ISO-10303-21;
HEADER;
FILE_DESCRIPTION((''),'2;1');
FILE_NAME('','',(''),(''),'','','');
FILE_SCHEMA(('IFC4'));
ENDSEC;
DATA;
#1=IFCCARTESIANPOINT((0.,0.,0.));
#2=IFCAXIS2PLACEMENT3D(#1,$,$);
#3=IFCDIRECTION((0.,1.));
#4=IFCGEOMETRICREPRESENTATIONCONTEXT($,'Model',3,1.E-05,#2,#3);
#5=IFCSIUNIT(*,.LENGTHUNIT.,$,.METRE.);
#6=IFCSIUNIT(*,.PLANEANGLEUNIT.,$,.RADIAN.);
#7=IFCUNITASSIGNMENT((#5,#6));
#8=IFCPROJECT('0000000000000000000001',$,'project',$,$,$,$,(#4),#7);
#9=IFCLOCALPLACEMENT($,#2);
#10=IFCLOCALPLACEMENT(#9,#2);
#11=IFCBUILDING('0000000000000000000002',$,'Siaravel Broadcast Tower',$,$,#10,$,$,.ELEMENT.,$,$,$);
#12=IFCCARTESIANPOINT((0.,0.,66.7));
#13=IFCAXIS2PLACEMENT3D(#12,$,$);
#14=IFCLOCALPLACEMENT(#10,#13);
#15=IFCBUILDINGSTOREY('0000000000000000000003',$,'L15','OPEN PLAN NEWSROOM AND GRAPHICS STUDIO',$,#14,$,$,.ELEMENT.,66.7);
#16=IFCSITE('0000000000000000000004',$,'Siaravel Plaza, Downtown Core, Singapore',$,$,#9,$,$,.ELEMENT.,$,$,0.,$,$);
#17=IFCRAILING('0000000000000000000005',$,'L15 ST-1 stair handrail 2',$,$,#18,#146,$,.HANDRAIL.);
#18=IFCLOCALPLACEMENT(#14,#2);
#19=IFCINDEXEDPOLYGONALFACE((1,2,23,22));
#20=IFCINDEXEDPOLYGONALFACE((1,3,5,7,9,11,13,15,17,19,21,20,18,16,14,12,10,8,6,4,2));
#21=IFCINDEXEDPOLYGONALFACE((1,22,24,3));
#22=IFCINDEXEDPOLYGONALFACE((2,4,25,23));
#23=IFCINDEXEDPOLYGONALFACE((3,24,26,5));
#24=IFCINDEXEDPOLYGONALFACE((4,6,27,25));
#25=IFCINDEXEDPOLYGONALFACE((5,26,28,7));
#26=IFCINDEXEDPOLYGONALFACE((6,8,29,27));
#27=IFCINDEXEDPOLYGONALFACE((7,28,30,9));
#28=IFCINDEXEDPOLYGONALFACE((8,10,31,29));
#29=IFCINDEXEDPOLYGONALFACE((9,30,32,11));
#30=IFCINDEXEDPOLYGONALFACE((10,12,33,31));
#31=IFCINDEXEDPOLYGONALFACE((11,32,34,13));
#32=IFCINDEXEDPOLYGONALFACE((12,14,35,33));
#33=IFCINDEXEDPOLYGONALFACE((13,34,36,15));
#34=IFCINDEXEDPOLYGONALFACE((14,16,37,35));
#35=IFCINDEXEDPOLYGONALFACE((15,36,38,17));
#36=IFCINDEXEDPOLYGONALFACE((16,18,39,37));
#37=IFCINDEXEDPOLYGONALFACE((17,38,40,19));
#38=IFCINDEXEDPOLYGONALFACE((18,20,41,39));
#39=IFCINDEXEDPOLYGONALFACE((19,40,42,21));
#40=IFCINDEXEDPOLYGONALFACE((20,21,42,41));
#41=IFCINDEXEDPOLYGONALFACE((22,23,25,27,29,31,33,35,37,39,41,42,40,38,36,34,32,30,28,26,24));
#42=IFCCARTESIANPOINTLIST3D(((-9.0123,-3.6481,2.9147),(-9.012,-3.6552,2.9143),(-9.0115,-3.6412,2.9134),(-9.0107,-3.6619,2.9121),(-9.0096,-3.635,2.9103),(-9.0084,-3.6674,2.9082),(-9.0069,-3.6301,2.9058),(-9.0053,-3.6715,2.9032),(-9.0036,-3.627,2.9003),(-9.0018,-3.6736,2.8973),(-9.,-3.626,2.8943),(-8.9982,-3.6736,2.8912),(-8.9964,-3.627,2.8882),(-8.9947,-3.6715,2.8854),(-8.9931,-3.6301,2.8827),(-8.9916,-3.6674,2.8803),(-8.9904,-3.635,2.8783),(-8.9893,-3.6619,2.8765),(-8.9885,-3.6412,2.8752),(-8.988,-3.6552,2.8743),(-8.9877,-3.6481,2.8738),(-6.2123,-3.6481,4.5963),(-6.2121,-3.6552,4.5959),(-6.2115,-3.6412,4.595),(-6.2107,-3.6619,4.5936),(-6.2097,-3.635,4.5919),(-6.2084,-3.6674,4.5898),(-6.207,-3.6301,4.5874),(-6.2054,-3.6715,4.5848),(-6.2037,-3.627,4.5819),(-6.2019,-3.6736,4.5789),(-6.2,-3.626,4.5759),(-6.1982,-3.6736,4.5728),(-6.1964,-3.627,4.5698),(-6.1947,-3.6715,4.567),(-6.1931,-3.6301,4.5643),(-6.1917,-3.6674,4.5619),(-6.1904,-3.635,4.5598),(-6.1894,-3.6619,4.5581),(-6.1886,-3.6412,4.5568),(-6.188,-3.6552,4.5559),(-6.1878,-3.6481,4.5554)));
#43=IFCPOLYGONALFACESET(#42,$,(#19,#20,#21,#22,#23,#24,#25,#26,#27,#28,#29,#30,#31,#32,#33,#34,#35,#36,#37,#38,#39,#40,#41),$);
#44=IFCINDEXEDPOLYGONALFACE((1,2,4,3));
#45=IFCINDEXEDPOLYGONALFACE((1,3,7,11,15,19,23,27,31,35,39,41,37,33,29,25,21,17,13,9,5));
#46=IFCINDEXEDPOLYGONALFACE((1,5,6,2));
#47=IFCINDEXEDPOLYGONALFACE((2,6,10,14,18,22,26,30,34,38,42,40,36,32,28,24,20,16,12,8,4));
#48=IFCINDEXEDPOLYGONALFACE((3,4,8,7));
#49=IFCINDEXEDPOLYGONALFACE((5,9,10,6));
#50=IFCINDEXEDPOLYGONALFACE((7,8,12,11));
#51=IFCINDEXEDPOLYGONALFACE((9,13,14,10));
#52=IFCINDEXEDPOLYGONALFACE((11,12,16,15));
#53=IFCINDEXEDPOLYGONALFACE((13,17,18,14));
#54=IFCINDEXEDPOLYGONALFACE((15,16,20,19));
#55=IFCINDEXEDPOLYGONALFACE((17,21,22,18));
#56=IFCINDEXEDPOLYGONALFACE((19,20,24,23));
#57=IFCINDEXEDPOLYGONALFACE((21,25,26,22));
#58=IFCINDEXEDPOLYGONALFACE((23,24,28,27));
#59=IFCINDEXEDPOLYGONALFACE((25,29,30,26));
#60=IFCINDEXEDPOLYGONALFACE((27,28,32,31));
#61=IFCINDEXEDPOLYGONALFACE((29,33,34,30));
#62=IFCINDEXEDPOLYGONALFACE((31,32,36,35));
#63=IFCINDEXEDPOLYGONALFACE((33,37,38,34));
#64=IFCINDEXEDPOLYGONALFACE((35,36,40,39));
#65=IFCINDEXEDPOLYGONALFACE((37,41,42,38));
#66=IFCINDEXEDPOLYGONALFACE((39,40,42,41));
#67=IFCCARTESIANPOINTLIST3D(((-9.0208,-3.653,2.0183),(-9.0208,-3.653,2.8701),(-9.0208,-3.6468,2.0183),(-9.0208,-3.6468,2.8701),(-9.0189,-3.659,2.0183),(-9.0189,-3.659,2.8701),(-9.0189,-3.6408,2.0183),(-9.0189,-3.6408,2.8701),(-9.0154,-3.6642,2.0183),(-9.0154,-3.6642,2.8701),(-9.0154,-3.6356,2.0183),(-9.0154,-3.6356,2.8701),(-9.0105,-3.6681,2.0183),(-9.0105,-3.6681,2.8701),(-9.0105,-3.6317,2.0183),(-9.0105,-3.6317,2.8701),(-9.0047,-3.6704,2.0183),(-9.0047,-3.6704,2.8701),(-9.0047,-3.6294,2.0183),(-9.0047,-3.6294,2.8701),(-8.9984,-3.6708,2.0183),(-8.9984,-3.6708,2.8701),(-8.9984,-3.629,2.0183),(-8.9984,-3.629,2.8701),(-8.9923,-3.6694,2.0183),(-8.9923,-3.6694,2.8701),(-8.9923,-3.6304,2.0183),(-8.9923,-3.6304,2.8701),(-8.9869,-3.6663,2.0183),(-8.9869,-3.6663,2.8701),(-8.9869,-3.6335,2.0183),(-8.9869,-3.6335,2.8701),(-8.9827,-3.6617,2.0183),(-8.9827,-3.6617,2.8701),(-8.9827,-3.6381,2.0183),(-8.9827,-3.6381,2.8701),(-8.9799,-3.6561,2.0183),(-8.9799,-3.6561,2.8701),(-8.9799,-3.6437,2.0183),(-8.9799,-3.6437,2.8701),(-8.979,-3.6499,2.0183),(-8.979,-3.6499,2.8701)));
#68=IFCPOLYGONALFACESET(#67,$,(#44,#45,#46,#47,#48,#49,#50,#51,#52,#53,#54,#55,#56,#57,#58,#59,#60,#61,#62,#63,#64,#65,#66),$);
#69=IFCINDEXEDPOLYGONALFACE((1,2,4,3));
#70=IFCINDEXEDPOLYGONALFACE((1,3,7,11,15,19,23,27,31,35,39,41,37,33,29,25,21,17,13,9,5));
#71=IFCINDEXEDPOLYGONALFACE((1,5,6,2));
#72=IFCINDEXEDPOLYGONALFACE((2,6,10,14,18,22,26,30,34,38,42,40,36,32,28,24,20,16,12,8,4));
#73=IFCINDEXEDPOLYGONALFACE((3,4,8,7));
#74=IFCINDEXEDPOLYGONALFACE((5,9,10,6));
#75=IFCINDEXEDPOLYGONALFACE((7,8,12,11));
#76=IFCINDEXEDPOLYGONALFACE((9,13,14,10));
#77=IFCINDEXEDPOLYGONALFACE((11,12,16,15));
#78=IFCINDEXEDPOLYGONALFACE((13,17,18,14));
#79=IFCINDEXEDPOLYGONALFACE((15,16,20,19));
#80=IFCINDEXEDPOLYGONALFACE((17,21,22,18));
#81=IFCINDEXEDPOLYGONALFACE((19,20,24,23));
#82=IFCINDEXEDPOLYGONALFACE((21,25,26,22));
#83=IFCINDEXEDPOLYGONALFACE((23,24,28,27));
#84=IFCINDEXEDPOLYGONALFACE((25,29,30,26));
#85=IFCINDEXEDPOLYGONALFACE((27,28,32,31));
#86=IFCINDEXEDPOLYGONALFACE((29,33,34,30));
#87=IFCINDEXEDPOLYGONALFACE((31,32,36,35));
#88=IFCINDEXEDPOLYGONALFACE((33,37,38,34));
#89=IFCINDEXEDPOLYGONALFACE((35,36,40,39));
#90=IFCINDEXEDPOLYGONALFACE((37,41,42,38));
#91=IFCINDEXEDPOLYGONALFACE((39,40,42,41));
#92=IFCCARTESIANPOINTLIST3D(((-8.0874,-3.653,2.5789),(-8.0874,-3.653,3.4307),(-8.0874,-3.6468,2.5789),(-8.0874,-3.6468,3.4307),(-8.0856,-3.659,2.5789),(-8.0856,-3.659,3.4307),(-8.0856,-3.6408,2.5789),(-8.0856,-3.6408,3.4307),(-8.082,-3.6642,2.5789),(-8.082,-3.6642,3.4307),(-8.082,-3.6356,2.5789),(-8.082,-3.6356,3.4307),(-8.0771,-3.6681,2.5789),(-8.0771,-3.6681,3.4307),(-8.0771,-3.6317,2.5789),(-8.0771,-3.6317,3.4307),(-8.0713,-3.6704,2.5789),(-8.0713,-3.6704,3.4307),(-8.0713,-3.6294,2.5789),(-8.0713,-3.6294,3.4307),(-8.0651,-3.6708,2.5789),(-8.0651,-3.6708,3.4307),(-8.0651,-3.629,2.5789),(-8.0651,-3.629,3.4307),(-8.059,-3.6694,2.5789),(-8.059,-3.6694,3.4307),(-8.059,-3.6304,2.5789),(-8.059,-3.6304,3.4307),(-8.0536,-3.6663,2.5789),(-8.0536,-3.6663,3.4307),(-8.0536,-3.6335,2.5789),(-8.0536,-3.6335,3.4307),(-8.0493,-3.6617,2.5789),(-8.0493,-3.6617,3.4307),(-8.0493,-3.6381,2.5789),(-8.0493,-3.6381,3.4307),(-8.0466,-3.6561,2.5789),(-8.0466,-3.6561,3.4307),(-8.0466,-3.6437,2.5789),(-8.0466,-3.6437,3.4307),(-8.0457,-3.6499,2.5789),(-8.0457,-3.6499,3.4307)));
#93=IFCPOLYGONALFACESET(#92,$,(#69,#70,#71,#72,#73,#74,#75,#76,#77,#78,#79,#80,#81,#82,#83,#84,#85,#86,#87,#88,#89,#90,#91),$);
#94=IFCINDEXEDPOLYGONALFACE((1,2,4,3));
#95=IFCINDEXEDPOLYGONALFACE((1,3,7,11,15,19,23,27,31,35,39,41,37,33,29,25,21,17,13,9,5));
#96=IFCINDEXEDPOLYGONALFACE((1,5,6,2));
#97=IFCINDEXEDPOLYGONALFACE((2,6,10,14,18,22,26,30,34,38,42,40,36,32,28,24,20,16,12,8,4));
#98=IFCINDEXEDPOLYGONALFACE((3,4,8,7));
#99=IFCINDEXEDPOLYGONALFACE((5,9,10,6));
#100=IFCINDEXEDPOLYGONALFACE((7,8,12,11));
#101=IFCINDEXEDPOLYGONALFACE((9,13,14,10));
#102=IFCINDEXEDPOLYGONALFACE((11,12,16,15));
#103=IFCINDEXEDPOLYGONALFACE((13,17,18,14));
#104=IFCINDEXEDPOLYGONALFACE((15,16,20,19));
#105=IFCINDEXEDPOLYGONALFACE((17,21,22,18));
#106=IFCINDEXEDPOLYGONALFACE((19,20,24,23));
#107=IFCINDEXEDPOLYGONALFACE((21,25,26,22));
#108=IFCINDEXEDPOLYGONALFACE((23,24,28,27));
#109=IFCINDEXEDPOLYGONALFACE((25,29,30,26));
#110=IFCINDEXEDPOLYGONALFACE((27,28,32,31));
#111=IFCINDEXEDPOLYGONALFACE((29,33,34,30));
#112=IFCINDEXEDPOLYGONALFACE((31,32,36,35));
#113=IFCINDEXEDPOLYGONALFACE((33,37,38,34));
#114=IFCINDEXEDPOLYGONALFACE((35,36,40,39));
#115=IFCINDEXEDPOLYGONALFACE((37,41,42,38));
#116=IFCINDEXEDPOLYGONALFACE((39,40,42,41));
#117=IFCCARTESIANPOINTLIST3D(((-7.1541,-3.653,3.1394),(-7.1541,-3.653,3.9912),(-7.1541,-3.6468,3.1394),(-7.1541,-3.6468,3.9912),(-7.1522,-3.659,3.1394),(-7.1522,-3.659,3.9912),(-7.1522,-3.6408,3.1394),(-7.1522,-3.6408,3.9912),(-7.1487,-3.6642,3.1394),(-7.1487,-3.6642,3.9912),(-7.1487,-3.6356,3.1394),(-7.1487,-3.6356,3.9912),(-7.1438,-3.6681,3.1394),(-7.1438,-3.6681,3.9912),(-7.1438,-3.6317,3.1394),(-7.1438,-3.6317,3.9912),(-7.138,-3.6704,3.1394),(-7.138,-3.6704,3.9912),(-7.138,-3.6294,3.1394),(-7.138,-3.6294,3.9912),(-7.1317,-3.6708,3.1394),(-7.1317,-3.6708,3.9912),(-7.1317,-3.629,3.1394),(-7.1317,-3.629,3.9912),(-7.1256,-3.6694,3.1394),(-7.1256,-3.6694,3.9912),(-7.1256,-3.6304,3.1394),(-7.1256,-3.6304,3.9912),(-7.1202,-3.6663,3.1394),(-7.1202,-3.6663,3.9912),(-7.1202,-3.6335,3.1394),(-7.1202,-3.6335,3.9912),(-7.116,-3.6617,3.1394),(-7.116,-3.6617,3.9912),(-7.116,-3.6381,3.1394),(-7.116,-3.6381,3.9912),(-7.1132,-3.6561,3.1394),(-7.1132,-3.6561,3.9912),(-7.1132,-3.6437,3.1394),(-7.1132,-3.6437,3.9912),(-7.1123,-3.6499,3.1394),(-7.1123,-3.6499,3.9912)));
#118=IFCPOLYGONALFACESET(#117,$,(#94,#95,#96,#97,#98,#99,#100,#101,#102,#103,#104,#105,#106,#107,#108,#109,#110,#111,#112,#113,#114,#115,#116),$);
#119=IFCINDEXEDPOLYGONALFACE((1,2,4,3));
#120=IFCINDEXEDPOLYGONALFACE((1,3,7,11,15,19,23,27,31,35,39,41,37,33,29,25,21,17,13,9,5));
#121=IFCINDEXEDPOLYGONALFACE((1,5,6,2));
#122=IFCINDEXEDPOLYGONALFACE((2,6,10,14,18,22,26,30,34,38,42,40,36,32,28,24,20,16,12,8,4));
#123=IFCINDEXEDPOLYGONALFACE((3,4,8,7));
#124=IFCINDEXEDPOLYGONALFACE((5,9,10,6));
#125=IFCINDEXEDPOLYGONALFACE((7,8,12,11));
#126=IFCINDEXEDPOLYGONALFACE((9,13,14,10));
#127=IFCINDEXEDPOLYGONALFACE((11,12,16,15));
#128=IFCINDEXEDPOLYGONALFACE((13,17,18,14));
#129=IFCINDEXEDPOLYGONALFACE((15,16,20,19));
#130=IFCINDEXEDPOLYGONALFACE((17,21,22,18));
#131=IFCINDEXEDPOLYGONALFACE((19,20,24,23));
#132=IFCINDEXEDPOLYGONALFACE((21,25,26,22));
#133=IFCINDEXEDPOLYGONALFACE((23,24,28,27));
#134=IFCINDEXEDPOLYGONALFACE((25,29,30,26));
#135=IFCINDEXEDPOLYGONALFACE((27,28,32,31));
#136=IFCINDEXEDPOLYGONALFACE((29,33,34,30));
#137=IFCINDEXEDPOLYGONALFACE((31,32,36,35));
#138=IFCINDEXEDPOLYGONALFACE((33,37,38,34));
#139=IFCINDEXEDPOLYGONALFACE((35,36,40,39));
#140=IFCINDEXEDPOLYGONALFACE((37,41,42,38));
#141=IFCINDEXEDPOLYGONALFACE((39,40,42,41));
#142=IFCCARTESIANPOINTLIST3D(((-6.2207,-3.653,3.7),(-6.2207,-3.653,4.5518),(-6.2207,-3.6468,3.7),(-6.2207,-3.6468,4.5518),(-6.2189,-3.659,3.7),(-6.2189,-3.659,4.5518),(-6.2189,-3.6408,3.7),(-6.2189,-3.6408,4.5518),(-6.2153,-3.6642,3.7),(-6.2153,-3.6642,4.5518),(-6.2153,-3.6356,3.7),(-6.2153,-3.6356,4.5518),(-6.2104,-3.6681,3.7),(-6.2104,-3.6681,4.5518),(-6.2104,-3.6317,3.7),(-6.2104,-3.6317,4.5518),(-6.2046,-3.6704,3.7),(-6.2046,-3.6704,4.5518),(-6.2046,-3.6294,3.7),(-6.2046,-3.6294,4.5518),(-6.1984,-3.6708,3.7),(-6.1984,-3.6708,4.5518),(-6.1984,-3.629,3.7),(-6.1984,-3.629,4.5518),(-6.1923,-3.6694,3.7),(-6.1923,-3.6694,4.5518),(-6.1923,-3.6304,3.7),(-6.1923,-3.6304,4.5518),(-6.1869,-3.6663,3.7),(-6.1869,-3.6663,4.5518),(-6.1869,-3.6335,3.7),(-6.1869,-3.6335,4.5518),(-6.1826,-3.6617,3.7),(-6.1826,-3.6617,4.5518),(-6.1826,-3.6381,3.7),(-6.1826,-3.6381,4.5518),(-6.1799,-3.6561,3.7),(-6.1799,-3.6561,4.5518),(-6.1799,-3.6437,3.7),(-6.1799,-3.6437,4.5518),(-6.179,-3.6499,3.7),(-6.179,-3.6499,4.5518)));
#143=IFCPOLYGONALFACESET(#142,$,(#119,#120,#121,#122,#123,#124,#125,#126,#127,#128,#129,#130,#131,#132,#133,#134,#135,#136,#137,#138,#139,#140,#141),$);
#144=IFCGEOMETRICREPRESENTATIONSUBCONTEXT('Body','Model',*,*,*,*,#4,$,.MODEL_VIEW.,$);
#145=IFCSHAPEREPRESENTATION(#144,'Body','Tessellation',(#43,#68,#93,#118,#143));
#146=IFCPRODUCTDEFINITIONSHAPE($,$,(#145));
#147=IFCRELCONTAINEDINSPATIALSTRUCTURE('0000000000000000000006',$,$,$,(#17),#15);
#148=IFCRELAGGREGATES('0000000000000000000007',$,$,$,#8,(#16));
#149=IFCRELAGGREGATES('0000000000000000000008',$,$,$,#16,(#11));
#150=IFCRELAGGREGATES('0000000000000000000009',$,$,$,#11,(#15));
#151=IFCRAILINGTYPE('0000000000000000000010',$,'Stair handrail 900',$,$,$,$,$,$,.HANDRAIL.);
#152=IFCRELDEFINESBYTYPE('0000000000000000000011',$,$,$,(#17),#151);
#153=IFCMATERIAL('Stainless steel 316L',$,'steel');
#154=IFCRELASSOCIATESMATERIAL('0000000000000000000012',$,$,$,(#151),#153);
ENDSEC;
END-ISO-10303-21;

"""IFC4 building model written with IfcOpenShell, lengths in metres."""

from ifc_helpers import new_model, si_unit, direction, frame, origin, origin_2d, place, context, subcontext, project, spatial, circle, extrude, material, type_object, element, save


model = new_model("IFC4")

# Units and contexts
model_context = context("Model", 3, precision=1e-05, world=origin(), true_north=direction((0.0, 1.0)))
body_context = subcontext(model_context, "Body", "Model", "MODEL_VIEW")
ifc_project = project(units=[si_unit("LENGTHUNIT", "METRE"), si_unit("PLANEANGLEUNIT", "RADIAN")], contexts=[model_context])

# Site, building, storey
site_placement = place(None, origin())
site = spatial("IfcSite", under=ifc_project, at=site_placement, Name="Siaravel Plaza, Downtown Core, Singapore", CompositionType="ELEMENT", RefElevation=0.0)
building_placement = place(site_placement, origin())
building = spatial("IfcBuilding", under=site, at=building_placement, Name="Siaravel Broadcast Tower", CompositionType="ELEMENT")
storey_placement = place(building_placement, frame((0.0, 0.0, 66.7)))
storey = spatial("IfcBuildingStorey", under=building, at=storey_placement, Name="L15", Description="OPEN PLAN NEWSROOM AND GRAPHICS STUDIO", CompositionType="ELEMENT", Elevation=66.7)

# Railing
ifc_material_1 = material(Name="Stainless steel 316L", Category="steel")
railing_type_1 = type_object("IfcRailingType", Name="Stair handrail 900", PredefinedType="HANDRAIL", material=ifc_material_1)
railing_1_placement = place(storey_placement, frame((-9.0, -3.6499, 2.0183)))
element("IfcRailing", 1, at=railing_1_placement, inside=storey, type_object=railing_type_1, Name="L15 ST-1 stair handrail 2", PredefinedType="HANDRAIL", context=body_context, shape_type="SweptSolid", body=[
    extrude(circle(Radius=0.0239, at=origin_2d()), frame((0.0, 0.0, 0.876), z_axis=(0.857275, 0.0, 0.514858), x_axis=(0.0, 1.0, 0.0)), (0.0, 0.0, 1.0), 3.2661),
    extrude(circle(Radius=0.021, at=origin_2d()), origin(), (0.0, 0.0, 1.0), 0.8518),
    extrude(circle(Radius=0.021, at=origin_2d()), frame((0.9333, 0.0, 0.5605)), (0.0, 0.0, 1.0), 0.8518),
    extrude(circle(Radius=0.021, at=origin_2d()), frame((1.8667, 0.0, 1.1211)), (0.0, 0.0, 1.0), 0.8518),
    extrude(circle(Radius=0.021, at=origin_2d()), frame((2.8, 0.0, 1.6816)), (0.0, 0.0, 1.0), 0.8518),
])

save(model, "model.ifc")
